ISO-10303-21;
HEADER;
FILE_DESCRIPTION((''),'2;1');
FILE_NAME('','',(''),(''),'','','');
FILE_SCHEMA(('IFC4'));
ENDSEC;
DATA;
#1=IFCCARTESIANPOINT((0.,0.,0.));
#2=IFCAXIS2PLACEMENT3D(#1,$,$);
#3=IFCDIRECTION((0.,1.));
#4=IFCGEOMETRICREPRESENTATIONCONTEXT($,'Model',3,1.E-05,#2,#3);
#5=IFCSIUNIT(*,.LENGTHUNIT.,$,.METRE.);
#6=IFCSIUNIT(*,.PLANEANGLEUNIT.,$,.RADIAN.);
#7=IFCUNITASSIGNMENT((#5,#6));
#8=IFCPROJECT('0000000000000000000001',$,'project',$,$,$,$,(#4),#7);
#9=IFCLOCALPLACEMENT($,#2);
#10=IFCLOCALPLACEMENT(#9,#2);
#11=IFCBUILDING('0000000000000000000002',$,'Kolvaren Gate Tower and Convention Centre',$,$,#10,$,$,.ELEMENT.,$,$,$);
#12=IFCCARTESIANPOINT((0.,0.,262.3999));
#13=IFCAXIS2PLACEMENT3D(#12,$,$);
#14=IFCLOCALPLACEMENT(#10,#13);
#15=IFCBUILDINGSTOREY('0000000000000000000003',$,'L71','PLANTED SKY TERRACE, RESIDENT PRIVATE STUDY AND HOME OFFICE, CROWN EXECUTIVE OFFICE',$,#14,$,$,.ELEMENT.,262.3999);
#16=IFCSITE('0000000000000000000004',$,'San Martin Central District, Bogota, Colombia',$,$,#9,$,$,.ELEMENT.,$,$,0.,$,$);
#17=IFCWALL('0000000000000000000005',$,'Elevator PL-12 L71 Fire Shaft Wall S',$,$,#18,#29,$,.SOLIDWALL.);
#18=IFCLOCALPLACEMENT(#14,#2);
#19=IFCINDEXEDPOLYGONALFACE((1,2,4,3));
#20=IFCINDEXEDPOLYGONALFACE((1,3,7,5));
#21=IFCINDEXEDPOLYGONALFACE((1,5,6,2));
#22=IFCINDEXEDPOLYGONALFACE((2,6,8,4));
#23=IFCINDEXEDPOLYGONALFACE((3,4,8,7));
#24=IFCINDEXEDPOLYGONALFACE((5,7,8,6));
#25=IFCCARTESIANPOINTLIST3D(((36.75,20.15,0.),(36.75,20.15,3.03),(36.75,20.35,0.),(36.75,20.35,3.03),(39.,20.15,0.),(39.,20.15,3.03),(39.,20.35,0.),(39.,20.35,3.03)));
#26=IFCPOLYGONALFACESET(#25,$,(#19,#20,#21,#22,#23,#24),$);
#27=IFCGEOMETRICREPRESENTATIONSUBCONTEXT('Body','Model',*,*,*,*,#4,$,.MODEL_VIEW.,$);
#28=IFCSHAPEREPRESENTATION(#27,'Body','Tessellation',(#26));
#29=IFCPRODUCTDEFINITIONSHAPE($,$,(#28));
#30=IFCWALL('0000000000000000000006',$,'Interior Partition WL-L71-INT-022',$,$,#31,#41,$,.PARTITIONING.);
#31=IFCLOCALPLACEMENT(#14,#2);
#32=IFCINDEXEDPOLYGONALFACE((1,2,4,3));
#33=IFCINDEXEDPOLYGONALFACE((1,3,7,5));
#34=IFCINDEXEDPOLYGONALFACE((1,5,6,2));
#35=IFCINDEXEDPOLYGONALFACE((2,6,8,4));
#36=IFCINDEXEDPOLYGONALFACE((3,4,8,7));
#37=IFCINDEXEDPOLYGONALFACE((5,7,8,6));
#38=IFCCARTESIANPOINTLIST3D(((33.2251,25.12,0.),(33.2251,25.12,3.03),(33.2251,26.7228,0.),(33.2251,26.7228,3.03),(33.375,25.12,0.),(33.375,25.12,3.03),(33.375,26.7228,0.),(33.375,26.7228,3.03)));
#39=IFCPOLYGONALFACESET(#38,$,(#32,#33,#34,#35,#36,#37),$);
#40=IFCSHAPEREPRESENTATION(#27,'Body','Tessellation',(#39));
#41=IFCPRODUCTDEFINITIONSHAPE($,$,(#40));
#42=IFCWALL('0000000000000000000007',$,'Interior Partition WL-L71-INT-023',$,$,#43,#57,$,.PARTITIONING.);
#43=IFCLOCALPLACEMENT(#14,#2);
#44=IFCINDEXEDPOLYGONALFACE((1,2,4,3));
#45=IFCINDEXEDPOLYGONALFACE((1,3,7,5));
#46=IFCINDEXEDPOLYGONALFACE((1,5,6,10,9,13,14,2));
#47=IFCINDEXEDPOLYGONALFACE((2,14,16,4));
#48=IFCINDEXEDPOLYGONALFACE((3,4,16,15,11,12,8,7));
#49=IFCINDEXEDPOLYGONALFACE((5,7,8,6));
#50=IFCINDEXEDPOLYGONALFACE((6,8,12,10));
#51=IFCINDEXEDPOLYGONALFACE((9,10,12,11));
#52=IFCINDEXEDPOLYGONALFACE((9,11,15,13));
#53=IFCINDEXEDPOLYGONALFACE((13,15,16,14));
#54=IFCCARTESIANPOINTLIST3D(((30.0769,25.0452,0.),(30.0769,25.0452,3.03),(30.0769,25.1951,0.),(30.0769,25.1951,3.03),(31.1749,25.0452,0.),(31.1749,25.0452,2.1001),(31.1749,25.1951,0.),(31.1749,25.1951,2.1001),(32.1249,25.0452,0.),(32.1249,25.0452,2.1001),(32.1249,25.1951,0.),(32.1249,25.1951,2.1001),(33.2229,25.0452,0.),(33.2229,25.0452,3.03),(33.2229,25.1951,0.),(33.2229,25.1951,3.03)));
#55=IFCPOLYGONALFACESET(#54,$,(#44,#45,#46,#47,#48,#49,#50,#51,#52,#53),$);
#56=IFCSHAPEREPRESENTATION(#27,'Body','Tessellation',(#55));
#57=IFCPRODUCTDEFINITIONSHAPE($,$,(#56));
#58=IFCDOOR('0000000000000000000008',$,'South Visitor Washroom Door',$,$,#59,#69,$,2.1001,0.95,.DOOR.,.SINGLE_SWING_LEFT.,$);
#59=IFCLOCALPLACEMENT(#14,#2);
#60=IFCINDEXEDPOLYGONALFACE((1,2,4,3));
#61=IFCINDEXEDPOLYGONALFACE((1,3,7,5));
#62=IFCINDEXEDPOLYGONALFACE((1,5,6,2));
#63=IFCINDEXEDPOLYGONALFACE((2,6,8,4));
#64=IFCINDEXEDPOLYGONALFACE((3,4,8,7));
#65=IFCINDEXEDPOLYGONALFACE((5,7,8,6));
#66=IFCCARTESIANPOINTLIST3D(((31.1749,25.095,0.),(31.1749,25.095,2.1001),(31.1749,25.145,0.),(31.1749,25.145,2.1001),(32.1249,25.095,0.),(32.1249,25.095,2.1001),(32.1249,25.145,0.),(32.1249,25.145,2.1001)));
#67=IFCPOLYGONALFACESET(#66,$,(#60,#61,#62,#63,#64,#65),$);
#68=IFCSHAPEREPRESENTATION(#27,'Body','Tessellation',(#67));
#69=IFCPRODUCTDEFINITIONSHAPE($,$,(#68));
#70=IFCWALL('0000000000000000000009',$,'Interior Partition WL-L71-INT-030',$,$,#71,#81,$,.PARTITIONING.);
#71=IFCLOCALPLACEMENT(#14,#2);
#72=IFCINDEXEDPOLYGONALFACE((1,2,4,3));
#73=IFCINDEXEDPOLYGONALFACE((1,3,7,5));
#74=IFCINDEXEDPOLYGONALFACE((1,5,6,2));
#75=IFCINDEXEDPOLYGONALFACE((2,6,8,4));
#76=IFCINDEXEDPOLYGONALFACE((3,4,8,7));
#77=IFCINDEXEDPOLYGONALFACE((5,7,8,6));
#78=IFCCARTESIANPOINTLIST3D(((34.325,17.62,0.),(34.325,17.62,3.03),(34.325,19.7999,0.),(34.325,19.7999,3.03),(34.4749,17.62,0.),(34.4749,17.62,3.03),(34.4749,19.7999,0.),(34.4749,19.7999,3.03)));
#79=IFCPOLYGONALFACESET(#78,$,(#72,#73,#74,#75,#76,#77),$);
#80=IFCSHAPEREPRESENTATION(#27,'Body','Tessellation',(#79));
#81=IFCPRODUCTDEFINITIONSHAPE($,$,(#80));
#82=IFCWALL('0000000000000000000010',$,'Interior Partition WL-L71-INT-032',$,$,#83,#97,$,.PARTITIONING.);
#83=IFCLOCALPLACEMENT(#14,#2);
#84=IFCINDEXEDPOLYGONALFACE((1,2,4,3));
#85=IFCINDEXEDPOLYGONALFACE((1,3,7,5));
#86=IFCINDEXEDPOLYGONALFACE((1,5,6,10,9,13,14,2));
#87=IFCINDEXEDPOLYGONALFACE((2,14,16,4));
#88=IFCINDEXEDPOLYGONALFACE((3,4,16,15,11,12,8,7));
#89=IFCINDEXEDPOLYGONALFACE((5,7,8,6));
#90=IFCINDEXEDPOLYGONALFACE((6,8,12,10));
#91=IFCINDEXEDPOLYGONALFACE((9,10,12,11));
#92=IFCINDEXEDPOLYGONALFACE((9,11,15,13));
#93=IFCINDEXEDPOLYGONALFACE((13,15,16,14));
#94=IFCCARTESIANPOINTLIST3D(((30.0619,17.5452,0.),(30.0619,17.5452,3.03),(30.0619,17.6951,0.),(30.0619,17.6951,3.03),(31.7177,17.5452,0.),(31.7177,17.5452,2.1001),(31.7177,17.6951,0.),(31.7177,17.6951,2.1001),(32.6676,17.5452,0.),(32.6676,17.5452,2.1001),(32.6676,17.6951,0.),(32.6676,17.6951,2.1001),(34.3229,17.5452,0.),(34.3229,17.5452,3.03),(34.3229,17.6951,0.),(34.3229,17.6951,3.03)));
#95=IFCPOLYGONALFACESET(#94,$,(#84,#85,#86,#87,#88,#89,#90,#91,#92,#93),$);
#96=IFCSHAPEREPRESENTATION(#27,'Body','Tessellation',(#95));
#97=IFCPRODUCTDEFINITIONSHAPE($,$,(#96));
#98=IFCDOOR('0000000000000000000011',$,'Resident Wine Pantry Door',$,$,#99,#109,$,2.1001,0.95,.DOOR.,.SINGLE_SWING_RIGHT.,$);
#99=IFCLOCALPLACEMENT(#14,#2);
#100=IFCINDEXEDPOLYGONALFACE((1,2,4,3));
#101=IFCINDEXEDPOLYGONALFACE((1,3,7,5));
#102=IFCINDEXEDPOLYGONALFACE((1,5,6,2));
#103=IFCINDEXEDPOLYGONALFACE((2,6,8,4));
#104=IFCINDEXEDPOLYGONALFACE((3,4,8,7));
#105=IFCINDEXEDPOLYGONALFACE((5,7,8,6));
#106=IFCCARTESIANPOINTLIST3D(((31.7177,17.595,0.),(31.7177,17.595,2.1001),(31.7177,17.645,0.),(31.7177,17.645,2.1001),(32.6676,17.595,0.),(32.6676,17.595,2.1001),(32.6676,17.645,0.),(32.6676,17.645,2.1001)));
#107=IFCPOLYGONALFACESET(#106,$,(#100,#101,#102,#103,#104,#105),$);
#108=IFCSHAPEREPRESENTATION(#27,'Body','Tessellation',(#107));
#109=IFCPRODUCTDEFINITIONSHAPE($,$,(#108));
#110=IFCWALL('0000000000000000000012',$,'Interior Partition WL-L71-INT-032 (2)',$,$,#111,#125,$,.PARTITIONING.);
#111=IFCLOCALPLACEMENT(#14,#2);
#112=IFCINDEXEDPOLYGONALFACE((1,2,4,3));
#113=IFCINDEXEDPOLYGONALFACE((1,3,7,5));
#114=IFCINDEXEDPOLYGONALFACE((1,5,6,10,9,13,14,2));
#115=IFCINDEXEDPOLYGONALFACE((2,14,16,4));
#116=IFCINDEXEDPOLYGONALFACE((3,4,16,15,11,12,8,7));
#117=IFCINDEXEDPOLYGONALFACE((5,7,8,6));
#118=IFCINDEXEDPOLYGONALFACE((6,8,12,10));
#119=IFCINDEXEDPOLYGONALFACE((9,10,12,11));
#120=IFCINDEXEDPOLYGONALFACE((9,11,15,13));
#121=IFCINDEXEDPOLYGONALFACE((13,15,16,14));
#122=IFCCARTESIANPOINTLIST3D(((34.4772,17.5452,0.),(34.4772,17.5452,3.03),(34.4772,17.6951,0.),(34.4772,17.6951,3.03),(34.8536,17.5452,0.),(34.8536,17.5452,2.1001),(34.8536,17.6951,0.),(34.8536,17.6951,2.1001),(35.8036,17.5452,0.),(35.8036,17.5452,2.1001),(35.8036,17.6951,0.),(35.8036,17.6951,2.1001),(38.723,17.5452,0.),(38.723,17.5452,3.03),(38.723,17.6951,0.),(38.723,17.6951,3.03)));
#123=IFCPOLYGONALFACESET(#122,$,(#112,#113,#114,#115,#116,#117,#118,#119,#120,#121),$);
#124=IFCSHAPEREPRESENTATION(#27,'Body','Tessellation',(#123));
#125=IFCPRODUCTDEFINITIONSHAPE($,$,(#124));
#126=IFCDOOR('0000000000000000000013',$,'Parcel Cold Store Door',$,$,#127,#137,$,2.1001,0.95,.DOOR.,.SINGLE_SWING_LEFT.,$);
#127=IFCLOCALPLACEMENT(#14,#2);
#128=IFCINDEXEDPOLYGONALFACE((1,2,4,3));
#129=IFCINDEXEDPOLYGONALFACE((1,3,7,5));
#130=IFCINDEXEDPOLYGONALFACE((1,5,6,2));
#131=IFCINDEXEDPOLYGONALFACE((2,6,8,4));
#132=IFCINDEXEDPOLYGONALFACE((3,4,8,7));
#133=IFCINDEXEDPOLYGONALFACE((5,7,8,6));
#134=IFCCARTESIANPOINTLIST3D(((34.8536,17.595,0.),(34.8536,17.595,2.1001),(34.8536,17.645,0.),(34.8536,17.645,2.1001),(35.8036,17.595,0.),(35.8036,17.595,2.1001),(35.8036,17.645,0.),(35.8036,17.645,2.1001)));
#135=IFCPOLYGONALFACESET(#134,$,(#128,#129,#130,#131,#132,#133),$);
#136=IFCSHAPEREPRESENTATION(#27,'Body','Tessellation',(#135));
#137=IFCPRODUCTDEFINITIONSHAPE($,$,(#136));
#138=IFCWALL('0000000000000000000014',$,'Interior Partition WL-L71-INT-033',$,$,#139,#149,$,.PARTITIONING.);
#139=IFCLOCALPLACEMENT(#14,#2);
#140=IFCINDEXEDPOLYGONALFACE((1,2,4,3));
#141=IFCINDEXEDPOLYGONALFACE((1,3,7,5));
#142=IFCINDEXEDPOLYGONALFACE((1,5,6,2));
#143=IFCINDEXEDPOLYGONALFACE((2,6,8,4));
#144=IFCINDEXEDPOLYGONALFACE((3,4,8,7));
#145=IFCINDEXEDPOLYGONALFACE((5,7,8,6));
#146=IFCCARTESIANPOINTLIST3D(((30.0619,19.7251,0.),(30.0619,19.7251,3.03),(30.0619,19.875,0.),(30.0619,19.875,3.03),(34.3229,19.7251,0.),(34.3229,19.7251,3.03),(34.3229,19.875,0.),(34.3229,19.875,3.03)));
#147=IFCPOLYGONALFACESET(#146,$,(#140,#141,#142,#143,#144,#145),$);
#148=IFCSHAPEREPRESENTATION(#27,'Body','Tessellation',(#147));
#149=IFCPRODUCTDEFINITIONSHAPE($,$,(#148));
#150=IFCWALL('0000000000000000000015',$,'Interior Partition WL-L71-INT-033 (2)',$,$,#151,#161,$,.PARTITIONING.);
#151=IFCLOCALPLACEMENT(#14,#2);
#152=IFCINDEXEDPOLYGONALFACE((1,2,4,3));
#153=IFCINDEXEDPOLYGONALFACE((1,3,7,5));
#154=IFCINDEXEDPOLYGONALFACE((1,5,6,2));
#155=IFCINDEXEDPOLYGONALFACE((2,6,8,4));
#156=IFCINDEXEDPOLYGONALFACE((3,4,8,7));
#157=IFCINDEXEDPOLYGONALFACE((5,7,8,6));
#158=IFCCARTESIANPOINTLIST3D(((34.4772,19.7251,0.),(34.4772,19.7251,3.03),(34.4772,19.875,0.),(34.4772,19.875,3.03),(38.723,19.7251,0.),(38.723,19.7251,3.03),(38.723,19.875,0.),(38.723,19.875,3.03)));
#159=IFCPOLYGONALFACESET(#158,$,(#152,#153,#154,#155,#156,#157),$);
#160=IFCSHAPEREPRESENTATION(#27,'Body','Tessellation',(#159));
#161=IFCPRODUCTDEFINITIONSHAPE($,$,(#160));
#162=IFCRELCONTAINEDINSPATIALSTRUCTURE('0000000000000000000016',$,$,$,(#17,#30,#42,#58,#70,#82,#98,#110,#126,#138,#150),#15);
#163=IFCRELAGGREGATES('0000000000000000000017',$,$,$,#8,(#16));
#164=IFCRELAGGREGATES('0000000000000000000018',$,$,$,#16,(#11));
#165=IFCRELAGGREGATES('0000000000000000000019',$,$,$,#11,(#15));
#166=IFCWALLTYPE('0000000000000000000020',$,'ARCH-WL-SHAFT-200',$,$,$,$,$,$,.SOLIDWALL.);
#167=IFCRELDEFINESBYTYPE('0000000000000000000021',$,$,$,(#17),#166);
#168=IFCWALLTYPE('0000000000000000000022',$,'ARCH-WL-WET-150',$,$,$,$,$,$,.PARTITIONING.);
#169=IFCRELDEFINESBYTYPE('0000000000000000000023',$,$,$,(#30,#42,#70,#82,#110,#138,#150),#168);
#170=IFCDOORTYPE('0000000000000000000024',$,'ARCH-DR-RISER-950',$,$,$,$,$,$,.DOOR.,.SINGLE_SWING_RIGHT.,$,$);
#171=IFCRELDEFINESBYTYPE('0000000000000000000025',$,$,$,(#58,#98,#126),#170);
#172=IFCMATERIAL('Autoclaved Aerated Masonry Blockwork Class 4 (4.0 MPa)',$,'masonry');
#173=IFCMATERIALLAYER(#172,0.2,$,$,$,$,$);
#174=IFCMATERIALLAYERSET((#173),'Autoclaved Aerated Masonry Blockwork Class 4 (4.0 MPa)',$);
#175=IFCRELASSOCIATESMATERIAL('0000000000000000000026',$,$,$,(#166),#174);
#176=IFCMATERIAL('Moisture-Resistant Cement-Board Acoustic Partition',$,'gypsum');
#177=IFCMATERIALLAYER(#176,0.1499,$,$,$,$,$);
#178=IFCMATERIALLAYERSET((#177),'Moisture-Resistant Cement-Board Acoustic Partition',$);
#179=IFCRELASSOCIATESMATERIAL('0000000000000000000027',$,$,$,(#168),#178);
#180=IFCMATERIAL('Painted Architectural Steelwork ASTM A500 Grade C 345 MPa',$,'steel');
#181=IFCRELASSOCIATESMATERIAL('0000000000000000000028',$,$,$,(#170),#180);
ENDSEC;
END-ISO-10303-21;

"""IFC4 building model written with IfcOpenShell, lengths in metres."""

from ifc_helpers import new_model, si_unit, direction, frame, frame_2d, origin, place, context, subcontext, project, spatial, rectangle, extrude, material, layer, layer_set, type_object, element, fill, save


model = new_model("IFC4")

# Units and contexts
model_context = context("Model", 3, precision=1e-05, world=origin(), true_north=direction((0.0, 1.0)))
body_context = subcontext(model_context, "Body", "Model", "MODEL_VIEW")
ifc_project = project(units=[si_unit("LENGTHUNIT", "METRE"), si_unit("PLANEANGLEUNIT", "RADIAN")], contexts=[model_context])

# Site, building, storey
site_placement = place(None, origin())
site = spatial("IfcSite", under=ifc_project, at=site_placement, Name="San Martin Central District, Bogota, Colombia", CompositionType="ELEMENT", RefElevation=0.0)
building_placement = place(site_placement, origin())
building = spatial("IfcBuilding", under=site, at=building_placement, Name="Kolvaren Gate Tower and Convention Centre", CompositionType="ELEMENT")
storey_placement = place(building_placement, frame((0.0, 0.0, 262.3999)))
storey = spatial("IfcBuildingStorey", under=building, at=storey_placement, Name="L71", Description="PLANTED SKY TERRACE, RESIDENT PRIVATE STUDY AND HOME OFFICE, CROWN EXECUTIVE OFFICE", CompositionType="ELEMENT", Elevation=262.3999)

# Shared definitions
ifc_material_1 = material(Name="Autoclaved Aerated Masonry Blockwork Class 4 (4.0 MPa)", Category="masonry")
ifc_layer_1 = layer(ifc_material_1, 0.2)
ifc_layer_set_1 = layer_set([ifc_layer_1], Name="Autoclaved Aerated Masonry Blockwork Class 4 (4.0 MPa)")
wall_type_1 = type_object("IfcWallType", Name="ARCH-WL-SHAFT-200", PredefinedType="SOLIDWALL", material=ifc_layer_set_1)

# Walls
wall_1_placement = place(storey_placement, frame((36.75, 20.25, 0.0), z_axis=(0.0, 0.0, 1.0), x_axis=(1.0, 0.0, 0.0)))
element("IfcWall", 1, at=wall_1_placement, inside=storey, type_object=wall_type_1, Name="Elevator PL-12 L71 Fire Shaft Wall S", PredefinedType="SOLIDWALL", context=body_context, shape_type="SweptSolid", body=[
    extrude(rectangle(XDim=2.25, YDim=0.2, at=frame_2d((1.125, 0.0))), origin(), (0.0, 0.0, 1.0), 3.03),
])
ifc_material_2 = material(Name="Moisture-Resistant Cement-Board Acoustic Partition", Category="gypsum")
ifc_layer_2 = layer(ifc_material_2, 0.1499)
ifc_layer_set_2 = layer_set([ifc_layer_2], Name="Moisture-Resistant Cement-Board Acoustic Partition")
wall_type_2 = type_object("IfcWallType", Name="ARCH-WL-WET-150", PredefinedType="PARTITIONING", material=ifc_layer_set_2)
wall_2_placement = place(storey_placement, frame((33.3, 25.1201, 0.0), z_axis=(0.0, 0.0, 1.0), x_axis=(0.0, 1.0, 0.0)))
element("IfcWall", 2, at=wall_2_placement, inside=storey, type_object=wall_type_2, Name="Interior Partition WL-L71-INT-022", PredefinedType="PARTITIONING", context=body_context, shape_type="SweptSolid", body=[
    extrude(rectangle(XDim=1.6028, YDim=0.1499, at=frame_2d((0.8013, 0.0))), origin(), (0.0, 0.0, 1.0), 3.03),
])

# Wall, opening, door
wall_3_placement = place(storey_placement, frame((30.0769, 25.1201, 0.0), z_axis=(0.0, 0.0, 1.0), x_axis=(1.0, 0.0, 0.0)))
wall_3 = element("IfcWall", 3, at=wall_3_placement, inside=storey, type_object=wall_type_2, Name="Interior Partition WL-L71-INT-023", PredefinedType="PARTITIONING", context=body_context, shape_type="SweptSolid", body=[
    extrude(rectangle(XDim=3.146, YDim=0.1499, at=frame_2d((1.573, 0.0))), origin(), (0.0, 0.0, 1.0), 3.03),
])
opening_1_placement = place(wall_3_placement, frame((1.0979, 0.0, 0.0)))
opening_1 = element("IfcOpeningElement", 4, at=opening_1_placement, cuts=wall_3, PredefinedType="OPENING", context=body_context, shape_type="SweptSolid", body=[
    extrude(rectangle(XDim=0.95, YDim=2.1001, at=frame_2d((0.4751, 1.05))), frame((0.0, 0.085, 0.0), z_axis=(0.0, -1.0, 0.0), x_axis=(1.0, 0.0, 0.0)), (0.0, 0.0, 1.0), 0.1699),
])
ifc_material_3 = material(Name="Painted Architectural Steelwork ASTM A500 Grade C 345 MPa", Category="steel")
door_type_1 = type_object("IfcDoorType", Name="ARCH-DR-RISER-950", OperationType="SINGLE_SWING_RIGHT", PredefinedType="DOOR", material=ifc_material_3)
door_1_placement = place(opening_1_placement, origin())
door_1 = element("IfcDoor", 5, at=door_1_placement, inside=storey, type_object=door_type_1, Name="South Visitor Washroom Door", OperationType="SINGLE_SWING_LEFT", OverallHeight=2.1001, OverallWidth=0.95, PredefinedType="DOOR", context=body_context, shape_type="SweptSolid", body=[
    extrude(rectangle(XDim=0.95, YDim=2.1001, at=frame_2d((0.4751, 1.05))), frame((0.0, 0.0249, 0.0), z_axis=(0.0, -1.0, 0.0), x_axis=(1.0, 0.0, 0.0)), (0.0, 0.0, 1.0), 0.05),
])
fill(opening_1, door_1)

# Wall
wall_4_placement = place(storey_placement, frame((34.3999, 17.6201, 0.0), z_axis=(0.0, 0.0, 1.0), x_axis=(0.0, 1.0, 0.0)))
element("IfcWall", 6, at=wall_4_placement, inside=storey, type_object=wall_type_2, Name="Interior Partition WL-L71-INT-030", PredefinedType="PARTITIONING", context=body_context, shape_type="SweptSolid", body=[
    extrude(rectangle(XDim=2.1799, YDim=0.1499, at=frame_2d((1.0898, 0.0))), origin(), (0.0, 0.0, 1.0), 3.03),
])

# Walls, openings, doors
wall_5_placement = place(storey_placement, frame((30.062, 17.6201, 0.0), z_axis=(0.0, 0.0, 1.0), x_axis=(1.0, 0.0, 0.0)))
wall_5 = element("IfcWall", 7, at=wall_5_placement, inside=storey, type_object=wall_type_2, Name="Interior Partition WL-L71-INT-032", PredefinedType="PARTITIONING", context=body_context, shape_type="SweptSolid", body=[
    extrude(rectangle(XDim=4.261, YDim=0.1499, at=frame_2d((2.1304, 0.0))), origin(), (0.0, 0.0, 1.0), 3.03),
])
opening_2_placement = place(wall_5_placement, frame((1.6555, 0.0, 0.0)))
opening_2 = element("IfcOpeningElement", 8, at=opening_2_placement, cuts=wall_5, PredefinedType="OPENING", context=body_context, shape_type="SweptSolid", body=[
    extrude(rectangle(XDim=0.95, YDim=2.1001, at=frame_2d((0.4751, 1.05))), frame((0.0, 0.085, 0.0), z_axis=(0.0, -1.0, 0.0), x_axis=(1.0, 0.0, 0.0)), (0.0, 0.0, 1.0), 0.1699),
])
door_2_placement = place(opening_2_placement, origin())
door_2 = element("IfcDoor", 9, at=door_2_placement, inside=storey, type_object=door_type_1, Name="Resident Wine Pantry Door", OperationType="SINGLE_SWING_RIGHT", OverallHeight=2.1001, OverallWidth=0.95, PredefinedType="DOOR", context=body_context, shape_type="SweptSolid", body=[
    extrude(rectangle(XDim=0.95, YDim=2.1001, at=frame_2d((0.4751, 1.05))), frame((0.0, 0.0249, 0.0), z_axis=(0.0, -1.0, 0.0), x_axis=(1.0, 0.0, 0.0)), (0.0, 0.0, 1.0), 0.05),
])
fill(opening_2, door_2)
wall_6_placement = place(storey_placement, frame((34.4771, 17.6201, 0.0), z_axis=(0.0, 0.0, 1.0), x_axis=(1.0, 0.0, 0.0)))
wall_6 = element("IfcWall", 10, at=wall_6_placement, inside=storey, type_object=wall_type_2, Name="Interior Partition WL-L71-INT-032 (2)", PredefinedType="PARTITIONING", context=body_context, shape_type="SweptSolid", body=[
    extrude(rectangle(XDim=4.2458, YDim=0.1499, at=frame_2d((2.123, 0.0))), origin(), (0.0, 0.0, 1.0), 3.03),
])
opening_3_placement = place(wall_6_placement, frame((0.3765, 0.0, 0.0)))
opening_3 = element("IfcOpeningElement", 11, at=opening_3_placement, cuts=wall_6, PredefinedType="OPENING", context=body_context, shape_type="SweptSolid", body=[
    extrude(rectangle(XDim=0.95, YDim=2.1001, at=frame_2d((0.4751, 1.05))), frame((0.0, 0.085, 0.0), z_axis=(0.0, -1.0, 0.0), x_axis=(1.0, 0.0, 0.0)), (0.0, 0.0, 1.0), 0.1699),
])
door_3_placement = place(opening_3_placement, origin())
door_3 = element("IfcDoor", 12, at=door_3_placement, inside=storey, type_object=door_type_1, Name="Parcel Cold Store Door", OperationType="SINGLE_SWING_LEFT", OverallHeight=2.1001, OverallWidth=0.95, PredefinedType="DOOR", context=body_context, shape_type="SweptSolid", body=[
    extrude(rectangle(XDim=0.95, YDim=2.1001, at=frame_2d((0.4751, 1.05))), frame((0.0, 0.0249, 0.0), z_axis=(0.0, -1.0, 0.0), x_axis=(1.0, 0.0, 0.0)), (0.0, 0.0, 1.0), 0.05),
])
fill(opening_3, door_3)

# Walls
wall_7_placement = place(storey_placement, frame((30.062, 19.8, 0.0), z_axis=(0.0, 0.0, 1.0), x_axis=(1.0, 0.0, 0.0)))
element("IfcWall", 13, at=wall_7_placement, inside=storey, type_object=wall_type_2, Name="Interior Partition WL-L71-INT-033", PredefinedType="PARTITIONING", context=body_context, shape_type="SweptSolid", body=[
    extrude(rectangle(XDim=4.261, YDim=0.1499, at=frame_2d((2.1304, 0.0))), origin(), (0.0, 0.0, 1.0), 3.03),
])
wall_8_placement = place(storey_placement, frame((34.4771, 19.8, 0.0), z_axis=(0.0, 0.0, 1.0), x_axis=(1.0, 0.0, 0.0)))
element("IfcWall", 14, at=wall_8_placement, inside=storey, type_object=wall_type_2, Name="Interior Partition WL-L71-INT-033 (2)", PredefinedType="PARTITIONING", context=body_context, shape_type="SweptSolid", body=[
    extrude(rectangle(XDim=4.2458, YDim=0.1499, at=frame_2d((2.123, 0.0))), origin(), (0.0, 0.0, 1.0), 3.03),
])

save(model, "model.ifc")
